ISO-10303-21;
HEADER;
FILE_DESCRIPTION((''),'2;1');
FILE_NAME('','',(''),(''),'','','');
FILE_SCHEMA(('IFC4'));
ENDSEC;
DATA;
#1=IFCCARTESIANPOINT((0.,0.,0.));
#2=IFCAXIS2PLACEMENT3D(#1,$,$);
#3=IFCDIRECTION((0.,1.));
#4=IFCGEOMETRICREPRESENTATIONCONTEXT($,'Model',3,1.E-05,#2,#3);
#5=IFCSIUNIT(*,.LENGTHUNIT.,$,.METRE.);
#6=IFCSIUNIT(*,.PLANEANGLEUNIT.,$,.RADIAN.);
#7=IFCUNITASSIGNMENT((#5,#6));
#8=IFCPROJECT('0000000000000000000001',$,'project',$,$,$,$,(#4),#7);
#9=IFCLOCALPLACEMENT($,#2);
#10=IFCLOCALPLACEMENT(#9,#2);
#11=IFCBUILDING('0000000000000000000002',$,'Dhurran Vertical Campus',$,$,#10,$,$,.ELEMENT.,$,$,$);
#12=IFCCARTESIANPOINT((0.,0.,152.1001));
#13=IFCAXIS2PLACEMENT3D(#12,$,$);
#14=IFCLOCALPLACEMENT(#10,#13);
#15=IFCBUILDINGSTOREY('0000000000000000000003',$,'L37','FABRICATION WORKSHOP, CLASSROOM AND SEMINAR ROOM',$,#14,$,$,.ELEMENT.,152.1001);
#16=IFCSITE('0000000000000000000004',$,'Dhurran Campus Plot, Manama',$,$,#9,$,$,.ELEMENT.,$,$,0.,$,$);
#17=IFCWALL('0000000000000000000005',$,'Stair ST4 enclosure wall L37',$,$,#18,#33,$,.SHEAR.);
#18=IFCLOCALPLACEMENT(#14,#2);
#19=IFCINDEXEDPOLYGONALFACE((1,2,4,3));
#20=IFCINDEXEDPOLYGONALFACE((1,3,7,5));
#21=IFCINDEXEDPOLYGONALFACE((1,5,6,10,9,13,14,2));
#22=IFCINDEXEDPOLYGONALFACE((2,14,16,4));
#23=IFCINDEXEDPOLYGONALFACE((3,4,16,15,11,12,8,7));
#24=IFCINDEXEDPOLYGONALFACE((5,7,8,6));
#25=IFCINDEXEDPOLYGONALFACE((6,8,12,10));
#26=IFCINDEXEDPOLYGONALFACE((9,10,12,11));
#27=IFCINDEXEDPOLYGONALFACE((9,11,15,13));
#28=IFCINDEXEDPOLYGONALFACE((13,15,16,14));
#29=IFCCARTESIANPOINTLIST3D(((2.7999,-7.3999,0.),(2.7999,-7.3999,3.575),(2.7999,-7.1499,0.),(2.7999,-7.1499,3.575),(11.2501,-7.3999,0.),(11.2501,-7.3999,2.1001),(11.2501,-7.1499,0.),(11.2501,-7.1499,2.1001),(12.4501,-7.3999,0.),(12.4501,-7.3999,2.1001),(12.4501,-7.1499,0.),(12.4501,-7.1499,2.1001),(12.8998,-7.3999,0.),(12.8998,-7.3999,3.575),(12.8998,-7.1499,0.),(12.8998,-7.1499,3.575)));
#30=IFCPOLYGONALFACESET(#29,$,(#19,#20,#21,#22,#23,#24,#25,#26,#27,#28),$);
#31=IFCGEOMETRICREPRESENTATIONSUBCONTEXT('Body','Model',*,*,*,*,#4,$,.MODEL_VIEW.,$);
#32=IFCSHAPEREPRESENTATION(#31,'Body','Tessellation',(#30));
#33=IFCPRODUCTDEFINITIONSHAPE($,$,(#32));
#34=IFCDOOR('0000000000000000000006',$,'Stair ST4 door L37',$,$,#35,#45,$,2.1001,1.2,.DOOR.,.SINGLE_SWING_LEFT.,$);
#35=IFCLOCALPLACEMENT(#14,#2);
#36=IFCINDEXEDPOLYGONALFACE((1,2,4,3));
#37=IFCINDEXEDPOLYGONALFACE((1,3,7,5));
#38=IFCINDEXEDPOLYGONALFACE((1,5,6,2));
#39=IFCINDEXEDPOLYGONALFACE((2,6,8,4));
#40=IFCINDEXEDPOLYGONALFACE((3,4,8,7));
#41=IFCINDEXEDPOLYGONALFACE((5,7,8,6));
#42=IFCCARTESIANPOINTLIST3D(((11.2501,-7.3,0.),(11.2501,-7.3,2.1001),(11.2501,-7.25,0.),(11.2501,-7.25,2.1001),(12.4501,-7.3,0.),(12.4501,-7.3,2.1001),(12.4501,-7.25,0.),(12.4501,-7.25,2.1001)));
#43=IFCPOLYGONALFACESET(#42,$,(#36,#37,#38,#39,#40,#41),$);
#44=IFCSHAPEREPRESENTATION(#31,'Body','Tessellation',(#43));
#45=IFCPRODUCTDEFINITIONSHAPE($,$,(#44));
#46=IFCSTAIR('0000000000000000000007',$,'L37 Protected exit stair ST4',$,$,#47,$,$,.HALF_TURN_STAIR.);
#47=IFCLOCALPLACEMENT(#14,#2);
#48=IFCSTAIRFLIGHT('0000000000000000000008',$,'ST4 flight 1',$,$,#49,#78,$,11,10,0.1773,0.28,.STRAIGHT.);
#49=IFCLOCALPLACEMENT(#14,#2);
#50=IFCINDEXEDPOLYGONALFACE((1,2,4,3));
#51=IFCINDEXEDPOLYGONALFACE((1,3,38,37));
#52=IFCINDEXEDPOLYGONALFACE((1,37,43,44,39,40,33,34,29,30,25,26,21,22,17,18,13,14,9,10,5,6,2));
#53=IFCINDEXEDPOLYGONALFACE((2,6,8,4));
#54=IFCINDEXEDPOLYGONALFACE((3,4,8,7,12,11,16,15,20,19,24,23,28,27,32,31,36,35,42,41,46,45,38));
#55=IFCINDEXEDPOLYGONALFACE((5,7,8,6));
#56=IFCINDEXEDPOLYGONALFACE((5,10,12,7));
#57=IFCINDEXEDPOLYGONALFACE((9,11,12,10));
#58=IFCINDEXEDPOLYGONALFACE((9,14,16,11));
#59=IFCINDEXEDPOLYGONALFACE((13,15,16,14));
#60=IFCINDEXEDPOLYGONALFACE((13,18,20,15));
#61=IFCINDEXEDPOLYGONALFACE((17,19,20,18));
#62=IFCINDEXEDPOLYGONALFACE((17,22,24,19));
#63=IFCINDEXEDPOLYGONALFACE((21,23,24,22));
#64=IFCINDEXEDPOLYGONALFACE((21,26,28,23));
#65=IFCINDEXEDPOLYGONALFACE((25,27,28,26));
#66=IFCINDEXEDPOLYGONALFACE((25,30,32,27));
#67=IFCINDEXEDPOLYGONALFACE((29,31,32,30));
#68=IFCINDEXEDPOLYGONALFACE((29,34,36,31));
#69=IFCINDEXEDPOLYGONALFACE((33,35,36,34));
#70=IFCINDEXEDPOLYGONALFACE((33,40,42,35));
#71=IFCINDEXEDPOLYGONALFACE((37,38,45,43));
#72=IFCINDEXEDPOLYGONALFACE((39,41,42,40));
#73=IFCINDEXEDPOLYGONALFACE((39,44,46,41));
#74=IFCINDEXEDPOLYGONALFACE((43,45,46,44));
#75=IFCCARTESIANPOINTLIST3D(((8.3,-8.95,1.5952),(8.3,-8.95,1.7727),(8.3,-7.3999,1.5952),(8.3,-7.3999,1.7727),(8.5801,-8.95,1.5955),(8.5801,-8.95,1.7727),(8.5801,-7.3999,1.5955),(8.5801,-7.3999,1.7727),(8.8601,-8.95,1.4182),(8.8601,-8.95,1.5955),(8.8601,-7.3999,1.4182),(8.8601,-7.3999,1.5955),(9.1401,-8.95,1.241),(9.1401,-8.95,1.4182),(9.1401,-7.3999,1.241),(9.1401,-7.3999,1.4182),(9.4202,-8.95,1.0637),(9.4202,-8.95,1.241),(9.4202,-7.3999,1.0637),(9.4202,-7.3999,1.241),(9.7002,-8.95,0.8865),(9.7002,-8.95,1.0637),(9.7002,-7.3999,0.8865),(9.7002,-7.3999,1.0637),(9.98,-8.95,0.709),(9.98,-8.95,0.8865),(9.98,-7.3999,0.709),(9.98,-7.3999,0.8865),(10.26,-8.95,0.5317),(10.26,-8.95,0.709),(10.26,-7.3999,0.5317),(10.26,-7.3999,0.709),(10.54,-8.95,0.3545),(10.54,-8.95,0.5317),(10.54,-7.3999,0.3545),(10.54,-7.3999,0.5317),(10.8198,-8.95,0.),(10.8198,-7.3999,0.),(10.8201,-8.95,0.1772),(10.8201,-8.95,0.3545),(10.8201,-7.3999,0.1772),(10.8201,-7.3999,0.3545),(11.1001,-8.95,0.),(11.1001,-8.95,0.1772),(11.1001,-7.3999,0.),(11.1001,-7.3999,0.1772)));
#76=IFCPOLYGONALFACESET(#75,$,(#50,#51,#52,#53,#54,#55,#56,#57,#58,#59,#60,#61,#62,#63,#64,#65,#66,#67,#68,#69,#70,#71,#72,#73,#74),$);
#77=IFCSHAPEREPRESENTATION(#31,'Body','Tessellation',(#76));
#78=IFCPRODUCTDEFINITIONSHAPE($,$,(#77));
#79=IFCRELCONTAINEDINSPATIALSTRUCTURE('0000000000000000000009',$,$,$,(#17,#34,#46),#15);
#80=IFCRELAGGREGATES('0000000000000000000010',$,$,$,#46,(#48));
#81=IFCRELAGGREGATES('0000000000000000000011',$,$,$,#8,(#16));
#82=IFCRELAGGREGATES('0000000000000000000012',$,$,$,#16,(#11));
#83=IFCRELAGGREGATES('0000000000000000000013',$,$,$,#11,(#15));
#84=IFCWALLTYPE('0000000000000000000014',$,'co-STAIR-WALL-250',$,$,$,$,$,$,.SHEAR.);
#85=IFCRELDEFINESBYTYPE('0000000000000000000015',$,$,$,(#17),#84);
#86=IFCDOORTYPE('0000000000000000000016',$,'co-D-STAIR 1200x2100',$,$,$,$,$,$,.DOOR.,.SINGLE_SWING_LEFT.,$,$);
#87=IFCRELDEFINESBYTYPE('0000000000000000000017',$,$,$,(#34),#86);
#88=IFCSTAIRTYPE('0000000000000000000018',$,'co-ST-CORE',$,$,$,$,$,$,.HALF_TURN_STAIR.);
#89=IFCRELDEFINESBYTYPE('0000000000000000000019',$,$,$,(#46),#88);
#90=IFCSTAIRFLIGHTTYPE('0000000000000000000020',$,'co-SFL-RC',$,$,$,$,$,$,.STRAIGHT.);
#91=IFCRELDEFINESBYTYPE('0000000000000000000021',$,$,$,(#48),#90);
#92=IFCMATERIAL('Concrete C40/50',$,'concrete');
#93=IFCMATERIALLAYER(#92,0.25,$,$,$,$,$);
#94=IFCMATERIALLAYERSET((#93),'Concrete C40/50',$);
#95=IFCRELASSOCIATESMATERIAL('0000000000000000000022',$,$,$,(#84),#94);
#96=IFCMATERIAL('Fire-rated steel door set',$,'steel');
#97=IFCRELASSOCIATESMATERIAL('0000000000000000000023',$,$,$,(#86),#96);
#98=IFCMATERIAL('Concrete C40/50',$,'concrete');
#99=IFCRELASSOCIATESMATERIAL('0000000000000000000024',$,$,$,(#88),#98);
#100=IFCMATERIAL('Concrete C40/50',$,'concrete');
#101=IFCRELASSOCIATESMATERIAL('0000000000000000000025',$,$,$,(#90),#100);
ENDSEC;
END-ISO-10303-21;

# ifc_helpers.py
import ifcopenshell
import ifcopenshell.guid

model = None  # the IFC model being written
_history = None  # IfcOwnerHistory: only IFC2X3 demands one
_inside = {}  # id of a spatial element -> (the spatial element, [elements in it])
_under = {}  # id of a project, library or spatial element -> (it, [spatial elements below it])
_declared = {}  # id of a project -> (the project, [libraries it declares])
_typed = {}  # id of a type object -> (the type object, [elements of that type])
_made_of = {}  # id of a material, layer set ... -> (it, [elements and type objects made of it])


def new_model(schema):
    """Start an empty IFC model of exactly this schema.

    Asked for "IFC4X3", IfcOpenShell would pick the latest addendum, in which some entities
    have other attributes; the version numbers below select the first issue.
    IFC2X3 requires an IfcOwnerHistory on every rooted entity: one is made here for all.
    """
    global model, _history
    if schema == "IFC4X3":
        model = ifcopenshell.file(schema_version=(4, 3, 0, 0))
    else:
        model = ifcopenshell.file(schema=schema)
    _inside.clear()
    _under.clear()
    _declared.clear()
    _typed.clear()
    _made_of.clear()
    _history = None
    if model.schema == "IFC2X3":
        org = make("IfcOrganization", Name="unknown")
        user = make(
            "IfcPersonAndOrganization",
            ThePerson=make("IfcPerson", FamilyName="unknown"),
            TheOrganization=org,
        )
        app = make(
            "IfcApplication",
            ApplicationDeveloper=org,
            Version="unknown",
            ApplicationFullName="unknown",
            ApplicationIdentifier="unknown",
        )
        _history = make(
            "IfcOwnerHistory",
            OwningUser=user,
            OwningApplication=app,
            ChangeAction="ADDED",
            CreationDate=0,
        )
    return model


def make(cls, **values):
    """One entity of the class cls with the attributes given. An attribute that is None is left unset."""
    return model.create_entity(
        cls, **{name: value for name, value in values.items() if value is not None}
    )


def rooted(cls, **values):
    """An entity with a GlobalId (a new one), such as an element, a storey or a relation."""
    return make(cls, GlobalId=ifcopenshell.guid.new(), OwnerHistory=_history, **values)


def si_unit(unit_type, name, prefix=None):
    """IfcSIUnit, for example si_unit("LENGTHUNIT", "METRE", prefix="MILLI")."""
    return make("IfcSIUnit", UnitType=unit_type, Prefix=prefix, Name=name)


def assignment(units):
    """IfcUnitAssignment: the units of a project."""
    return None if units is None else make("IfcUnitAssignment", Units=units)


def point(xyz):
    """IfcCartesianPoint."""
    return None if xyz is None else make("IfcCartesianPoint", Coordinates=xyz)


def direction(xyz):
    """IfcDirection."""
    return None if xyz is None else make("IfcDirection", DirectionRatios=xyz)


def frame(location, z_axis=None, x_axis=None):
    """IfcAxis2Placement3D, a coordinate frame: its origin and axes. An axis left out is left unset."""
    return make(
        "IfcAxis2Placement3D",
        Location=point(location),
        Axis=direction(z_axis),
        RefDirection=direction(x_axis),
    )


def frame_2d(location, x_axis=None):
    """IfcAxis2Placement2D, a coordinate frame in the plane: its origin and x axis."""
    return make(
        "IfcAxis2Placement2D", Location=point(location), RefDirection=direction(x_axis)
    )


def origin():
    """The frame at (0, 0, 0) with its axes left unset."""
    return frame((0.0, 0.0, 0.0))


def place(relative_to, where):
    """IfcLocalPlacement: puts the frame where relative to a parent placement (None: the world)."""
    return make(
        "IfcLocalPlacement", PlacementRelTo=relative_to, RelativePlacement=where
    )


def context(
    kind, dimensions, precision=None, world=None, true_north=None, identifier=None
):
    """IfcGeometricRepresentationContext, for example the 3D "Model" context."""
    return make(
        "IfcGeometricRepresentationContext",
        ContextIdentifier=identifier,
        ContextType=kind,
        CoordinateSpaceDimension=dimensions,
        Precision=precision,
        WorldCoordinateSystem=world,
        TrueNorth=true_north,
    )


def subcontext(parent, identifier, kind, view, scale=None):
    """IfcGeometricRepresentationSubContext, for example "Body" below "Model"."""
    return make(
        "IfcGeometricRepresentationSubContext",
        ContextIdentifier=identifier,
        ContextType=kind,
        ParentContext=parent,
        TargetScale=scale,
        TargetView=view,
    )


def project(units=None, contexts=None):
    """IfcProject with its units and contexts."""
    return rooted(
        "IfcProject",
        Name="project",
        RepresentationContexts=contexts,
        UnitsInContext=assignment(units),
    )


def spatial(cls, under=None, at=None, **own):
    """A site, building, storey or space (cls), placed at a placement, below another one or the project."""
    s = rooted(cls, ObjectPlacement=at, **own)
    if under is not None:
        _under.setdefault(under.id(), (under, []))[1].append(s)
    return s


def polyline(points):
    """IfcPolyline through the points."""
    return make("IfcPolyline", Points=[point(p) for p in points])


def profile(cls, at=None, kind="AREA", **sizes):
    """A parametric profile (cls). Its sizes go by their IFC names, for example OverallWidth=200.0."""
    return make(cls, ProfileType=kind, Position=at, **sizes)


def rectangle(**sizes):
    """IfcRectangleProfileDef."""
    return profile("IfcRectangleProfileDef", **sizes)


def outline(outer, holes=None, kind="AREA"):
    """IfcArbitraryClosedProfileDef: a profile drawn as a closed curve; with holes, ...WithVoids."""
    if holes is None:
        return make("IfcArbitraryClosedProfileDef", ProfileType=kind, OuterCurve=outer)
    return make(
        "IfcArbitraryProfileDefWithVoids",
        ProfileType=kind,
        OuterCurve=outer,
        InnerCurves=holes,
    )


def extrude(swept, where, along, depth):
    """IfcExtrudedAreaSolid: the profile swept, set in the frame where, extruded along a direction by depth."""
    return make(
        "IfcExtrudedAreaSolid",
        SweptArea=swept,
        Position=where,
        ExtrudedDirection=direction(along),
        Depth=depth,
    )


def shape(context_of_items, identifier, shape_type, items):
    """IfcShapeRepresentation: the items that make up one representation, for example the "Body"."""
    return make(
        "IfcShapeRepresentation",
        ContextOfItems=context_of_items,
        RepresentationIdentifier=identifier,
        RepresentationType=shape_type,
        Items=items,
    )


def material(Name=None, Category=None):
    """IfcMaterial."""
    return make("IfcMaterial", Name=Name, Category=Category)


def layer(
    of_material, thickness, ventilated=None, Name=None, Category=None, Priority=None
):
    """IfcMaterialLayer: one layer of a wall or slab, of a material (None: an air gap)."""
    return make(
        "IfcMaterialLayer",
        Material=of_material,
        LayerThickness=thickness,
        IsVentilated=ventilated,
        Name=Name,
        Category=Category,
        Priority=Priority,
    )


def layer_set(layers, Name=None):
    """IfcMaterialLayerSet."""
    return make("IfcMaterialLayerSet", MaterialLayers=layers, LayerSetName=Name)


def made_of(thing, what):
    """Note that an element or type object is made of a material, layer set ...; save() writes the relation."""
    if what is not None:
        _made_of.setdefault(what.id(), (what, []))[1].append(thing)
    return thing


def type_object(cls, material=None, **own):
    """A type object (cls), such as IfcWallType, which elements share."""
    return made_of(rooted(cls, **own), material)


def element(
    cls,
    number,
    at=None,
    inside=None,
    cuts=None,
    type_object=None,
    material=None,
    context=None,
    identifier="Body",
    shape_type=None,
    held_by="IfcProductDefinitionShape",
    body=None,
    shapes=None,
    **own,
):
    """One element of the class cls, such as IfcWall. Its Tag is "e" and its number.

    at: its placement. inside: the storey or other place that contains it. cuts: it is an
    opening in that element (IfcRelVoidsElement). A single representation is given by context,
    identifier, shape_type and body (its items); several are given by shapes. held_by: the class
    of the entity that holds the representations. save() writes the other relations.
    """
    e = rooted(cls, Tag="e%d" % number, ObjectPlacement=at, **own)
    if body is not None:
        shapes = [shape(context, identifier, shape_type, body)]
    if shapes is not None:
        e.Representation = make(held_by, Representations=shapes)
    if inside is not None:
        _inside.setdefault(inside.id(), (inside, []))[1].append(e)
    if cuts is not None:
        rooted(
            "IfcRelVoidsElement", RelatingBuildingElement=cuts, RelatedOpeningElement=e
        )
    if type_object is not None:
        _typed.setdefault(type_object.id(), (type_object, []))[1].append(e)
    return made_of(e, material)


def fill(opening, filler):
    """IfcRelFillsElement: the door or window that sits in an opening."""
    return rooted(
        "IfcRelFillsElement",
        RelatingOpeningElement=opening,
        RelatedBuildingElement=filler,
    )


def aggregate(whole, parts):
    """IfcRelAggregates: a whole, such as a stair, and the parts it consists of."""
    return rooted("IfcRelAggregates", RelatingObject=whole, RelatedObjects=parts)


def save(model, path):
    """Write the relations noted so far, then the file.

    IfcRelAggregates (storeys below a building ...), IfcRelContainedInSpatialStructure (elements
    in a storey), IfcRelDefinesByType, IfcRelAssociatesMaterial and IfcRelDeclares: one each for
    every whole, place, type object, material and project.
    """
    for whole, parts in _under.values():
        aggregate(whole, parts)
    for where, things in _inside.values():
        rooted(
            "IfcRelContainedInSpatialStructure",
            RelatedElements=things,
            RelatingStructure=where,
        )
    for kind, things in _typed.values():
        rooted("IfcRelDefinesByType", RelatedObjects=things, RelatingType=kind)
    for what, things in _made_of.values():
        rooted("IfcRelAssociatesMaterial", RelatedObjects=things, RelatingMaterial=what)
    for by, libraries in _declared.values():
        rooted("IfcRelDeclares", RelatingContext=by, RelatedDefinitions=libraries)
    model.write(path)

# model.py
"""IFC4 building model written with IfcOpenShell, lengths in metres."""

from ifc_helpers import new_model, si_unit, direction, frame, frame_2d, origin, place, context, subcontext, project, spatial, polyline, rectangle, outline, extrude, material, layer, layer_set, type_object, element, fill, aggregate, save


model = new_model("IFC4")

# Units and contexts
model_context = context("Model", 3, precision=1e-05, world=origin(), true_north=direction((0.0, 1.0)))
body_context = subcontext(model_context, "Body", "Model", "MODEL_VIEW")
ifc_project = project(units=[si_unit("LENGTHUNIT", "METRE"), si_unit("PLANEANGLEUNIT", "RADIAN")], contexts=[model_context])

# Site, building, storey
site_placement = place(None, origin())
site = spatial("IfcSite", under=ifc_project, at=site_placement, Name="Dhurran Campus Plot, Manama", CompositionType="ELEMENT", RefElevation=0.0)
building_placement = place(site_placement, origin())
building = spatial("IfcBuilding", under=site, at=building_placement, Name="Dhurran Vertical Campus", CompositionType="ELEMENT")
storey_placement = place(building_placement, frame((0.0, 0.0, 152.1001)))
storey = spatial("IfcBuildingStorey", under=building, at=storey_placement, Name="L37", Description="FABRICATION WORKSHOP, CLASSROOM AND SEMINAR ROOM", CompositionType="ELEMENT", Elevation=152.1001)

# Wall, opening, door
ifc_material_1 = material(Name="Concrete C40/50", Category="concrete")
ifc_layer_1 = layer(ifc_material_1, 0.25)
ifc_layer_set_1 = layer_set([ifc_layer_1], Name="Concrete C40/50")
wall_type_1 = type_object("IfcWallType", Name="co-STAIR-WALL-250", PredefinedType="SHEAR", material=ifc_layer_set_1)
wall_1_placement = place(storey_placement, frame((2.8, -7.2749, 0.0), z_axis=(0.0, 0.0, 1.0), x_axis=(1.0, 0.0, 0.0)))
wall_1 = element("IfcWall", 1, at=wall_1_placement, inside=storey, type_object=wall_type_1, Name="Stair ST4 enclosure wall L37", PredefinedType="SHEAR", context=body_context, shape_type="SweptSolid", body=[
    extrude(rectangle(XDim=10.0999, YDim=0.25, at=frame_2d((5.0498, 0.0))), origin(), (0.0, 0.0, 1.0), 3.575),
])
opening_1_placement = place(wall_1_placement, frame((8.45, 0.0, 0.0)))
opening_1 = element("IfcOpeningElement", 2, at=opening_1_placement, cuts=wall_1, PredefinedType="OPENING", context=body_context, shape_type="SweptSolid", body=[
    extrude(rectangle(XDim=1.2, YDim=2.1001, at=frame_2d((0.6001, 1.05))), frame((0.0, 0.135, 0.0), z_axis=(0.0, -1.0, 0.0), x_axis=(1.0, 0.0, 0.0)), (0.0, 0.0, 1.0), 0.27),
])
ifc_material_2 = material(Name="Fire-rated steel door set", Category="steel")
door_type_1 = type_object("IfcDoorType", Name="co-D-STAIR 1200x2100", OperationType="SINGLE_SWING_LEFT", PredefinedType="DOOR", material=ifc_material_2)
door_1_placement = place(opening_1_placement, origin())
door_1 = element("IfcDoor", 3, at=door_1_placement, inside=storey, type_object=door_type_1, Name="Stair ST4 door L37", OperationType="SINGLE_SWING_LEFT", OverallHeight=2.1001, OverallWidth=1.2, PredefinedType="DOOR", context=body_context, shape_type="SweptSolid", body=[
    extrude(rectangle(XDim=1.2, YDim=2.1001, at=frame_2d((0.6001, 1.05))), frame((0.0, 0.0249, 0.0), z_axis=(0.0, -1.0, 0.0), x_axis=(1.0, 0.0, 0.0)), (0.0, 0.0, 1.0), 0.05),
])
fill(opening_1, door_1)

# Stair, stair flight
ifc_material_3 = material(Name="Concrete C40/50", Category="concrete")
stair_type = type_object("IfcStairType", Name="co-ST-CORE", PredefinedType="HALF_TURN_STAIR", material=ifc_material_3)
stair_placement = place(storey_placement, origin())
stair = element("IfcStair", 4, at=stair_placement, inside=storey, type_object=stair_type, Name="L37 Protected exit stair ST4", PredefinedType="HALF_TURN_STAIR")
ifc_material_4 = material(Name="Concrete C40/50", Category="concrete")
stair_flight_type = type_object("IfcStairFlightType", Name="co-SFL-RC", PredefinedType="STRAIGHT", material=ifc_material_4)
stair_flight_placement = place(storey_placement, frame((11.1001, -8.175, 0.0), z_axis=(0.0, 0.0, 1.0), x_axis=(-1.0, 0.0, 0.0)))
stair_flight = element("IfcStairFlight", 5, at=stair_flight_placement, type_object=stair_flight_type, Name="ST4 flight 1", NumberOfRisers=11, NumberOfTreads=10, PredefinedType="STRAIGHT", RiserHeight=0.1773, TreadLength=0.28, context=body_context, shape_type="SweptSolid", body=[
    extrude(outline(polyline([(0.0, 0.0), (0.0, 0.1772), (0.28, 0.1772), (0.28, 0.3545), (0.5601, 0.3545), (0.5601, 0.5317), (0.8401, 0.5317), (0.8401, 0.709), (1.1201, 0.709), (1.1201, 0.8865), (1.3999, 0.8865), (1.3999, 1.0637), (1.6799, 1.0637), (1.6799, 1.241), (1.96, 1.241), (1.96, 1.4182), (2.24, 1.4182), (2.24, 1.5955), (2.52, 1.5955), (2.52, 1.7727), (2.8, 1.7727), (2.8, 1.95), (2.8, 1.5952), (0.2803, 0.0), (0.0, 0.0)])), frame((0.0, 0.7749, 0.0), z_axis=(0.0, -1.0, 0.0), x_axis=(1.0, 0.0, 0.0)), (0.0, 0.0, 1.0), 1.55),
])
aggregate(stair, [stair_flight])

save(model, "model.ifc")
